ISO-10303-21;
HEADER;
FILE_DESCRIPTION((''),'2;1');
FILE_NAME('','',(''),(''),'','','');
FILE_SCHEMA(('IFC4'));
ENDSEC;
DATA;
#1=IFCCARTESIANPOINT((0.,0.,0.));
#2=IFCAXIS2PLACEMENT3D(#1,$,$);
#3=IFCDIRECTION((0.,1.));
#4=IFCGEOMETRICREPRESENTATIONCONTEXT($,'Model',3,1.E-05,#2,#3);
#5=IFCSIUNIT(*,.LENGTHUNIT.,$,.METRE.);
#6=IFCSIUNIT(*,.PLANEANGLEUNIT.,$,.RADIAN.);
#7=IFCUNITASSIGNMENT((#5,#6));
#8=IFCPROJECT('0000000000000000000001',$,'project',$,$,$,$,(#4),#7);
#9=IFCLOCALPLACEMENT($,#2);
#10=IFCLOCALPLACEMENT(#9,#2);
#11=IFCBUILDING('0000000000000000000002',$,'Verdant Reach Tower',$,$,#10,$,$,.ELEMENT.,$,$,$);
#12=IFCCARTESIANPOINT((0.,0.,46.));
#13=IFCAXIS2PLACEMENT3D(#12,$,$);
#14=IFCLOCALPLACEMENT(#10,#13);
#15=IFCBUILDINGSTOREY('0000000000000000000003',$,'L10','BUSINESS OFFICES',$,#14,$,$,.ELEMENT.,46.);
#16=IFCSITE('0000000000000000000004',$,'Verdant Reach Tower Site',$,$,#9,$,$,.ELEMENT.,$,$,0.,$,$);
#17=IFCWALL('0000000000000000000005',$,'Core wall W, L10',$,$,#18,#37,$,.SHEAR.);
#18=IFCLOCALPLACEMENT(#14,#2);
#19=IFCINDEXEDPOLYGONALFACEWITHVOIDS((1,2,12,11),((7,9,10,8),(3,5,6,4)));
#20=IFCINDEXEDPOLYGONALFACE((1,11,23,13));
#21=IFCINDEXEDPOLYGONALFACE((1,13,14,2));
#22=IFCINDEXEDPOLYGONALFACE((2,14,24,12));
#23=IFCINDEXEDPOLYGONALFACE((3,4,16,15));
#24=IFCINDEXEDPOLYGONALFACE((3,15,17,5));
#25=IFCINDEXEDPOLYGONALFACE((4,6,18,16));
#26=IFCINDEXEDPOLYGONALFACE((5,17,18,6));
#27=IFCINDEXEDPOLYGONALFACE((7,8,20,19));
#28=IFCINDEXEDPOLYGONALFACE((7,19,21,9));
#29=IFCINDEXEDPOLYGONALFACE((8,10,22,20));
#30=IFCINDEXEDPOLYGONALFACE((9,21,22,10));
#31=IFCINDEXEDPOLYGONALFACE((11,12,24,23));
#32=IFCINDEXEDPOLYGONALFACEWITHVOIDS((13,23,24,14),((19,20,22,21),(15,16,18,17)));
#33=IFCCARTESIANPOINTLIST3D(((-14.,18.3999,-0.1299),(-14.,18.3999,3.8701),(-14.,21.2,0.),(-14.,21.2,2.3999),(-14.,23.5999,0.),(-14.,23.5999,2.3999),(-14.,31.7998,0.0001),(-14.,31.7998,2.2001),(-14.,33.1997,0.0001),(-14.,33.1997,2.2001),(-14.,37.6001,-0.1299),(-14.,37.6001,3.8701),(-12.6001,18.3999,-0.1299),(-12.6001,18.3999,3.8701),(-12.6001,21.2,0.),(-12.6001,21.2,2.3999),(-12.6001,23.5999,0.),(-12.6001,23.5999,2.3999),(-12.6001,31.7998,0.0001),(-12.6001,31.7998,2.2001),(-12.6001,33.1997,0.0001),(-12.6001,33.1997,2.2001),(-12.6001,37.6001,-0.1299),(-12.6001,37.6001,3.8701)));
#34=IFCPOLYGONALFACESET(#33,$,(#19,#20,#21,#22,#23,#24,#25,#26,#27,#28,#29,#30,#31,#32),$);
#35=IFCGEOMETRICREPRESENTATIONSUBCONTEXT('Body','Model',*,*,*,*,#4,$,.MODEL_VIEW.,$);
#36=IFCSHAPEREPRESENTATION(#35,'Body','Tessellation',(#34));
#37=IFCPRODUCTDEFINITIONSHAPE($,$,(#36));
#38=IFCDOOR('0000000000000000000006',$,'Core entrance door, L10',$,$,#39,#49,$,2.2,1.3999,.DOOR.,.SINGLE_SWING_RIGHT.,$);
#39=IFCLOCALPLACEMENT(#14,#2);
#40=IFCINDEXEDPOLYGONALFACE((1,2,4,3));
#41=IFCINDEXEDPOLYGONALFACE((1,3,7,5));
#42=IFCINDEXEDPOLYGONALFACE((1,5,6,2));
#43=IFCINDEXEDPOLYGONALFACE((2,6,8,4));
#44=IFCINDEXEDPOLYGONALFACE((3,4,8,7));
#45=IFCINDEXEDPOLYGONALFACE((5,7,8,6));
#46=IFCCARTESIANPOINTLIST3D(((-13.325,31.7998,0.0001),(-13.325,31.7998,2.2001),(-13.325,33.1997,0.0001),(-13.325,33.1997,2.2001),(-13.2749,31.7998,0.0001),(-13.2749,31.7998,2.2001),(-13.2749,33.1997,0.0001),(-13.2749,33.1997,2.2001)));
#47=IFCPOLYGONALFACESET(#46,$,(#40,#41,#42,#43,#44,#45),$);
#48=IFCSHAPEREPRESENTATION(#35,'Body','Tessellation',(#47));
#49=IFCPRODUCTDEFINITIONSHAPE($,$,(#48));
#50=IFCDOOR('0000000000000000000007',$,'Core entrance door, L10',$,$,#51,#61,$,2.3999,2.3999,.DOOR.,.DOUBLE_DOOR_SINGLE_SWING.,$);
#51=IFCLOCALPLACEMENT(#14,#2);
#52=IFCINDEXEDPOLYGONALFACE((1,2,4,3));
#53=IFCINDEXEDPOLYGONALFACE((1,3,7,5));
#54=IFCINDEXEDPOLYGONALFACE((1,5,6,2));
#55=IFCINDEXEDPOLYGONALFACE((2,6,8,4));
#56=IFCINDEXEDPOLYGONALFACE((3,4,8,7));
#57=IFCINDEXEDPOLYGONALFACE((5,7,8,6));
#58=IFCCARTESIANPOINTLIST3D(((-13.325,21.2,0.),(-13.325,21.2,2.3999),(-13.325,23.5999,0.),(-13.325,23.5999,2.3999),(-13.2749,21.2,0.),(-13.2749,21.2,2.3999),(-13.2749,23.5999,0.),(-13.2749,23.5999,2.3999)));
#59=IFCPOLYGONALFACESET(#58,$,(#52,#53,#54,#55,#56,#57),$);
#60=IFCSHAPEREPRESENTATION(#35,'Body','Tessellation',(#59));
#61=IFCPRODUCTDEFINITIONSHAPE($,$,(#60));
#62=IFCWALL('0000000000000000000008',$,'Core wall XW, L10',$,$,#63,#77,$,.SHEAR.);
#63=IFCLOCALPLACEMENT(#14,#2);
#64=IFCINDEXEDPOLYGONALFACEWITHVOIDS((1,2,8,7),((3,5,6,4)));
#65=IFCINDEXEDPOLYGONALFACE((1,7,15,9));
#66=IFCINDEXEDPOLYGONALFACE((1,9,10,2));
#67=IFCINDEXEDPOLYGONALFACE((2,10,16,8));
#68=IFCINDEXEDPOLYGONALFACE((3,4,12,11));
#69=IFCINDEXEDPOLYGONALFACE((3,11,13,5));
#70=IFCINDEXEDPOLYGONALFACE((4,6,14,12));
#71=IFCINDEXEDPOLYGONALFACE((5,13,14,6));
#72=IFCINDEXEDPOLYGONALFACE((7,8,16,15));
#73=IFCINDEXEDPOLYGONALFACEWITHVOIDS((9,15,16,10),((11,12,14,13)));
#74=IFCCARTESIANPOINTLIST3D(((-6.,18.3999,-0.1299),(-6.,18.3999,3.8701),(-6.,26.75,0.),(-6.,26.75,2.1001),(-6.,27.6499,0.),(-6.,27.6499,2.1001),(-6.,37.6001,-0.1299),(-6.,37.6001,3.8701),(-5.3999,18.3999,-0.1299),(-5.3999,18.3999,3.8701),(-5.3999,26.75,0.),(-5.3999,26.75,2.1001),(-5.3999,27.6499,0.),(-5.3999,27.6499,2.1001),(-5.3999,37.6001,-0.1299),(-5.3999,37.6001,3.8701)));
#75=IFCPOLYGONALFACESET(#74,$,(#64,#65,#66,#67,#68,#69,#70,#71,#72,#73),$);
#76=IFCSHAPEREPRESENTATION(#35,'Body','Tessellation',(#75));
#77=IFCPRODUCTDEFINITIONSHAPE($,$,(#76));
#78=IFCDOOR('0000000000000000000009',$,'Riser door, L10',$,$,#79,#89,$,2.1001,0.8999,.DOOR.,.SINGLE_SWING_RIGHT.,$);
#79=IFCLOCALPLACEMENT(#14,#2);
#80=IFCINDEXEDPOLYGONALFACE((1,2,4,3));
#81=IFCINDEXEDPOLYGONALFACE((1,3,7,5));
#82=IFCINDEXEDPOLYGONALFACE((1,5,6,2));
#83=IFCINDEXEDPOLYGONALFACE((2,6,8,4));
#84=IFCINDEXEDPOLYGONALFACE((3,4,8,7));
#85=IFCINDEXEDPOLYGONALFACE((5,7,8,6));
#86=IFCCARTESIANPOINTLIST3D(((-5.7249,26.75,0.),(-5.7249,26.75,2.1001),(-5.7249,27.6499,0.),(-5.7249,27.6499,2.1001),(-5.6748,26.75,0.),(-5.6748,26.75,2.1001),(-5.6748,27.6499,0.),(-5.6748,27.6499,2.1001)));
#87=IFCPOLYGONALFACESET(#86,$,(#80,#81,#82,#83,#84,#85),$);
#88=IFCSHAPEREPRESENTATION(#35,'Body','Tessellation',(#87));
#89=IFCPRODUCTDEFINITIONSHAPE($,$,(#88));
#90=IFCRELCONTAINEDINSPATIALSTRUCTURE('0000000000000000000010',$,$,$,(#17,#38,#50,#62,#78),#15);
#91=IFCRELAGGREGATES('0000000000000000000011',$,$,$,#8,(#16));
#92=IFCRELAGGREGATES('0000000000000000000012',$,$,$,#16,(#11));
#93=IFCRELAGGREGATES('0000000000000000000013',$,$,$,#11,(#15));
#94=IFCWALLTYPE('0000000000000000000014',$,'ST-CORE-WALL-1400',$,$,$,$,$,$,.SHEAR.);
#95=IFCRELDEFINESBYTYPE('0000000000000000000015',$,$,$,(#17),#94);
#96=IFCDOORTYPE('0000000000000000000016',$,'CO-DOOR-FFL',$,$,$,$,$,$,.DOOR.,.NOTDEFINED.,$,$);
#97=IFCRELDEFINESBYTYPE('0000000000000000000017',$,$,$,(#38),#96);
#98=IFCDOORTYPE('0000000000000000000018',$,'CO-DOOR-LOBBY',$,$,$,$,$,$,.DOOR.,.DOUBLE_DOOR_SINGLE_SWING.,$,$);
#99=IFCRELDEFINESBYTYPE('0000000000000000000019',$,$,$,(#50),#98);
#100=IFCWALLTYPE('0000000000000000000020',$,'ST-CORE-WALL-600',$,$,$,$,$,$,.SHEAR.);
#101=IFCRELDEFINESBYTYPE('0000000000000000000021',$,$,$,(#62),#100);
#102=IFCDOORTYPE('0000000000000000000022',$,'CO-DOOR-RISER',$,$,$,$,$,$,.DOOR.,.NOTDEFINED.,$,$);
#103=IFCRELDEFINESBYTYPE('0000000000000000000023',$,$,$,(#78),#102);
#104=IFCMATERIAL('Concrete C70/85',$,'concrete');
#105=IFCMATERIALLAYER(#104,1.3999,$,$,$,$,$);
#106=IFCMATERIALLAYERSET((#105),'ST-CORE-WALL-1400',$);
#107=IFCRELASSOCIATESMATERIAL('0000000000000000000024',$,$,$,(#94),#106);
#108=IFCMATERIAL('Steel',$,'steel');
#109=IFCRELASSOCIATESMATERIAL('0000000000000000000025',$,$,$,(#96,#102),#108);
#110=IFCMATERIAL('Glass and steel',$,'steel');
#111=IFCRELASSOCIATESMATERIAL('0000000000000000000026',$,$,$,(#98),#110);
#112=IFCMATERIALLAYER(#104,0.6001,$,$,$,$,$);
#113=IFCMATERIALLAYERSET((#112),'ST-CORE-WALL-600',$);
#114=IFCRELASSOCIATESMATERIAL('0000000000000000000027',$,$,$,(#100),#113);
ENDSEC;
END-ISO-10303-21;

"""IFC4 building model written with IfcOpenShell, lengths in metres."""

from ifc_helpers import new_model, si_unit, direction, frame, frame_2d, origin, place, context, subcontext, project, spatial, rectangle, extrude, material, layer, layer_set, type_object, element, fill, save


model = new_model("IFC4")

# Units and contexts
model_context = context("Model", 3, precision=1e-05, world=origin(), true_north=direction((0.0, 1.0)))
body_context = subcontext(model_context, "Body", "Model", "MODEL_VIEW")
ifc_project = project(units=[si_unit("LENGTHUNIT", "METRE"), si_unit("PLANEANGLEUNIT", "RADIAN")], contexts=[model_context])

# Site, building, storey
site_placement = place(None, origin())
site = spatial("IfcSite", under=ifc_project, at=site_placement, Name="Verdant Reach Tower Site", CompositionType="ELEMENT", RefElevation=0.0)
building_placement = place(site_placement, origin())
building = spatial("IfcBuilding", under=site, at=building_placement, Name="Verdant Reach Tower", CompositionType="ELEMENT")
storey_placement = place(building_placement, frame((0.0, 0.0, 46.0)))
storey = spatial("IfcBuildingStorey", under=building, at=storey_placement, Name="L10", Description="BUSINESS OFFICES", CompositionType="ELEMENT", Elevation=46.0)

# Shared definitions
ifc_material_1 = material(Name="Concrete C70/85", Category="concrete")
ifc_layer_1 = layer(ifc_material_1, 1.3999)
ifc_layer_set_1 = layer_set([ifc_layer_1], Name="ST-CORE-WALL-1400")
wall_type_1 = type_object("IfcWallType", Name="ST-CORE-WALL-1400", PredefinedType="SHEAR", material=ifc_layer_set_1)

# Wall, openings, doors
wall_1_placement = place(storey_placement, frame((-13.3, 18.3999, -0.1299), z_axis=(0.0, 0.0, 1.0), x_axis=(0.0, 1.0, 0.0)))
wall_1 = element("IfcWall", 1, at=wall_1_placement, inside=storey, type_object=wall_type_1, Name="Core wall W, L10", PredefinedType="SHEAR", context=body_context, shape_type="SweptSolid", body=[
    extrude(rectangle(XDim=19.2002, YDim=1.3999, at=frame_2d((9.6001, 0.0))), origin(), (0.0, 0.0, 1.0), 4.0),
])
opening_1_placement = place(wall_1_placement, frame((2.8, 0.0, 0.1299)))
opening_1 = element("IfcOpeningElement", 2, at=opening_1_placement, cuts=wall_1, PredefinedType="OPENING", context=body_context, shape_type="SweptSolid", body=[
    extrude(rectangle(XDim=2.3999, YDim=2.3999, at=frame_2d((1.2, 1.2))), frame((0.0, 0.71, 0.0), z_axis=(0.0, -1.0, 0.0), x_axis=(1.0, 0.0, 0.0)), (0.0, 0.0, 1.0), 1.4199),
])
opening_2_placement = place(wall_1_placement, frame((13.3999, 0.0, 0.1299)))
opening_2 = element("IfcOpeningElement", 3, at=opening_2_placement, cuts=wall_1, PredefinedType="OPENING", context=body_context, shape_type="SweptSolid", body=[
    extrude(rectangle(XDim=1.3999, YDim=2.2, at=frame_2d((0.7, 1.1001))), frame((0.0, 0.71, 0.0), z_axis=(0.0, -1.0, 0.0), x_axis=(1.0, 0.0, 0.0)), (0.0, 0.0, 1.0), 1.4199),
])
ifc_material_2 = material(Name="Steel", Category="steel")
door_type_1 = type_object("IfcDoorType", Name="CO-DOOR-FFL", OperationType="NOTDEFINED", PredefinedType="DOOR", material=ifc_material_2)
door_1_placement = place(opening_2_placement, origin())
door_1 = element("IfcDoor", 4, at=door_1_placement, inside=storey, type_object=door_type_1, Name="Core entrance door, L10", OperationType="SINGLE_SWING_RIGHT", OverallHeight=2.2, OverallWidth=1.3999, PredefinedType="DOOR", context=body_context, shape_type="SweptSolid", body=[
    extrude(rectangle(XDim=1.3999, YDim=2.2, at=frame_2d((0.7, 1.1001))), frame((0.0, 0.0249, 0.0), z_axis=(0.0, -1.0, 0.0), x_axis=(1.0, 0.0, 0.0)), (0.0, 0.0, 1.0), 0.05),
])
fill(opening_2, door_1)
ifc_material_3 = material(Name="Glass and steel", Category="steel")
door_type_2 = type_object("IfcDoorType", Name="CO-DOOR-LOBBY", OperationType="DOUBLE_DOOR_SINGLE_SWING", PredefinedType="DOOR", material=ifc_material_3)
door_2_placement = place(opening_1_placement, origin())
door_2 = element("IfcDoor", 5, at=door_2_placement, inside=storey, type_object=door_type_2, Name="Core entrance door, L10", OperationType="DOUBLE_DOOR_SINGLE_SWING", OverallHeight=2.3999, OverallWidth=2.3999, PredefinedType="DOOR", context=body_context, shape_type="SweptSolid", body=[
    extrude(rectangle(XDim=2.3999, YDim=2.3999, at=frame_2d((1.2, 1.2))), frame((0.0, 0.0249, 0.0), z_axis=(0.0, -1.0, 0.0), x_axis=(1.0, 0.0, 0.0)), (0.0, 0.0, 1.0), 0.05),
])
fill(opening_1, door_2)

# Wall, opening, door
ifc_layer_2 = layer(ifc_material_1, 0.6001)
ifc_layer_set_2 = layer_set([ifc_layer_2], Name="ST-CORE-WALL-600")
wall_type_2 = type_object("IfcWallType", Name="ST-CORE-WALL-600", PredefinedType="SHEAR", material=ifc_layer_set_2)
wall_2_placement = place(storey_placement, frame((-5.7, 18.3999, -0.1299), z_axis=(0.0, 0.0, 1.0), x_axis=(0.0, 1.0, 0.0)))
wall_2 = element("IfcWall", 6, at=wall_2_placement, inside=storey, type_object=wall_type_2, Name="Core wall XW, L10", PredefinedType="SHEAR", context=body_context, shape_type="SweptSolid", body=[
    extrude(rectangle(XDim=19.2002, YDim=0.6001, at=frame_2d((9.6001, 0.0))), origin(), (0.0, 0.0, 1.0), 4.0),
])
opening_3_placement = place(wall_2_placement, frame((8.3501, 0.0, 0.1299)))
opening_3 = element("IfcOpeningElement", 7, at=opening_3_placement, cuts=wall_2, PredefinedType="OPENING", context=body_context, shape_type="SweptSolid", body=[
    extrude(rectangle(XDim=0.8999, YDim=2.1001, at=frame_2d((0.45, 1.05))), frame((0.0, 0.3101, 0.0), z_axis=(0.0, -1.0, 0.0), x_axis=(1.0, 0.0, 0.0)), (0.0, 0.0, 1.0), 0.6201),
])
door_type_3 = type_object("IfcDoorType", Name="CO-DOOR-RISER", OperationType="NOTDEFINED", PredefinedType="DOOR", material=ifc_material_2)
door_3_placement = place(opening_3_placement, origin())
door_3 = element("IfcDoor", 8, at=door_3_placement, inside=storey, type_object=door_type_3, Name="Riser door, L10", OperationType="SINGLE_SWING_RIGHT", OverallHeight=2.1001, OverallWidth=0.8999, PredefinedType="DOOR", context=body_context, shape_type="SweptSolid", body=[
    extrude(rectangle(XDim=0.8999, YDim=2.1001, at=frame_2d((0.45, 1.05))), frame((0.0, 0.0249, 0.0), z_axis=(0.0, -1.0, 0.0), x_axis=(1.0, 0.0, 0.0)), (0.0, 0.0, 1.0), 0.05),
])
fill(opening_3, door_3)

save(model, "model.ifc")
